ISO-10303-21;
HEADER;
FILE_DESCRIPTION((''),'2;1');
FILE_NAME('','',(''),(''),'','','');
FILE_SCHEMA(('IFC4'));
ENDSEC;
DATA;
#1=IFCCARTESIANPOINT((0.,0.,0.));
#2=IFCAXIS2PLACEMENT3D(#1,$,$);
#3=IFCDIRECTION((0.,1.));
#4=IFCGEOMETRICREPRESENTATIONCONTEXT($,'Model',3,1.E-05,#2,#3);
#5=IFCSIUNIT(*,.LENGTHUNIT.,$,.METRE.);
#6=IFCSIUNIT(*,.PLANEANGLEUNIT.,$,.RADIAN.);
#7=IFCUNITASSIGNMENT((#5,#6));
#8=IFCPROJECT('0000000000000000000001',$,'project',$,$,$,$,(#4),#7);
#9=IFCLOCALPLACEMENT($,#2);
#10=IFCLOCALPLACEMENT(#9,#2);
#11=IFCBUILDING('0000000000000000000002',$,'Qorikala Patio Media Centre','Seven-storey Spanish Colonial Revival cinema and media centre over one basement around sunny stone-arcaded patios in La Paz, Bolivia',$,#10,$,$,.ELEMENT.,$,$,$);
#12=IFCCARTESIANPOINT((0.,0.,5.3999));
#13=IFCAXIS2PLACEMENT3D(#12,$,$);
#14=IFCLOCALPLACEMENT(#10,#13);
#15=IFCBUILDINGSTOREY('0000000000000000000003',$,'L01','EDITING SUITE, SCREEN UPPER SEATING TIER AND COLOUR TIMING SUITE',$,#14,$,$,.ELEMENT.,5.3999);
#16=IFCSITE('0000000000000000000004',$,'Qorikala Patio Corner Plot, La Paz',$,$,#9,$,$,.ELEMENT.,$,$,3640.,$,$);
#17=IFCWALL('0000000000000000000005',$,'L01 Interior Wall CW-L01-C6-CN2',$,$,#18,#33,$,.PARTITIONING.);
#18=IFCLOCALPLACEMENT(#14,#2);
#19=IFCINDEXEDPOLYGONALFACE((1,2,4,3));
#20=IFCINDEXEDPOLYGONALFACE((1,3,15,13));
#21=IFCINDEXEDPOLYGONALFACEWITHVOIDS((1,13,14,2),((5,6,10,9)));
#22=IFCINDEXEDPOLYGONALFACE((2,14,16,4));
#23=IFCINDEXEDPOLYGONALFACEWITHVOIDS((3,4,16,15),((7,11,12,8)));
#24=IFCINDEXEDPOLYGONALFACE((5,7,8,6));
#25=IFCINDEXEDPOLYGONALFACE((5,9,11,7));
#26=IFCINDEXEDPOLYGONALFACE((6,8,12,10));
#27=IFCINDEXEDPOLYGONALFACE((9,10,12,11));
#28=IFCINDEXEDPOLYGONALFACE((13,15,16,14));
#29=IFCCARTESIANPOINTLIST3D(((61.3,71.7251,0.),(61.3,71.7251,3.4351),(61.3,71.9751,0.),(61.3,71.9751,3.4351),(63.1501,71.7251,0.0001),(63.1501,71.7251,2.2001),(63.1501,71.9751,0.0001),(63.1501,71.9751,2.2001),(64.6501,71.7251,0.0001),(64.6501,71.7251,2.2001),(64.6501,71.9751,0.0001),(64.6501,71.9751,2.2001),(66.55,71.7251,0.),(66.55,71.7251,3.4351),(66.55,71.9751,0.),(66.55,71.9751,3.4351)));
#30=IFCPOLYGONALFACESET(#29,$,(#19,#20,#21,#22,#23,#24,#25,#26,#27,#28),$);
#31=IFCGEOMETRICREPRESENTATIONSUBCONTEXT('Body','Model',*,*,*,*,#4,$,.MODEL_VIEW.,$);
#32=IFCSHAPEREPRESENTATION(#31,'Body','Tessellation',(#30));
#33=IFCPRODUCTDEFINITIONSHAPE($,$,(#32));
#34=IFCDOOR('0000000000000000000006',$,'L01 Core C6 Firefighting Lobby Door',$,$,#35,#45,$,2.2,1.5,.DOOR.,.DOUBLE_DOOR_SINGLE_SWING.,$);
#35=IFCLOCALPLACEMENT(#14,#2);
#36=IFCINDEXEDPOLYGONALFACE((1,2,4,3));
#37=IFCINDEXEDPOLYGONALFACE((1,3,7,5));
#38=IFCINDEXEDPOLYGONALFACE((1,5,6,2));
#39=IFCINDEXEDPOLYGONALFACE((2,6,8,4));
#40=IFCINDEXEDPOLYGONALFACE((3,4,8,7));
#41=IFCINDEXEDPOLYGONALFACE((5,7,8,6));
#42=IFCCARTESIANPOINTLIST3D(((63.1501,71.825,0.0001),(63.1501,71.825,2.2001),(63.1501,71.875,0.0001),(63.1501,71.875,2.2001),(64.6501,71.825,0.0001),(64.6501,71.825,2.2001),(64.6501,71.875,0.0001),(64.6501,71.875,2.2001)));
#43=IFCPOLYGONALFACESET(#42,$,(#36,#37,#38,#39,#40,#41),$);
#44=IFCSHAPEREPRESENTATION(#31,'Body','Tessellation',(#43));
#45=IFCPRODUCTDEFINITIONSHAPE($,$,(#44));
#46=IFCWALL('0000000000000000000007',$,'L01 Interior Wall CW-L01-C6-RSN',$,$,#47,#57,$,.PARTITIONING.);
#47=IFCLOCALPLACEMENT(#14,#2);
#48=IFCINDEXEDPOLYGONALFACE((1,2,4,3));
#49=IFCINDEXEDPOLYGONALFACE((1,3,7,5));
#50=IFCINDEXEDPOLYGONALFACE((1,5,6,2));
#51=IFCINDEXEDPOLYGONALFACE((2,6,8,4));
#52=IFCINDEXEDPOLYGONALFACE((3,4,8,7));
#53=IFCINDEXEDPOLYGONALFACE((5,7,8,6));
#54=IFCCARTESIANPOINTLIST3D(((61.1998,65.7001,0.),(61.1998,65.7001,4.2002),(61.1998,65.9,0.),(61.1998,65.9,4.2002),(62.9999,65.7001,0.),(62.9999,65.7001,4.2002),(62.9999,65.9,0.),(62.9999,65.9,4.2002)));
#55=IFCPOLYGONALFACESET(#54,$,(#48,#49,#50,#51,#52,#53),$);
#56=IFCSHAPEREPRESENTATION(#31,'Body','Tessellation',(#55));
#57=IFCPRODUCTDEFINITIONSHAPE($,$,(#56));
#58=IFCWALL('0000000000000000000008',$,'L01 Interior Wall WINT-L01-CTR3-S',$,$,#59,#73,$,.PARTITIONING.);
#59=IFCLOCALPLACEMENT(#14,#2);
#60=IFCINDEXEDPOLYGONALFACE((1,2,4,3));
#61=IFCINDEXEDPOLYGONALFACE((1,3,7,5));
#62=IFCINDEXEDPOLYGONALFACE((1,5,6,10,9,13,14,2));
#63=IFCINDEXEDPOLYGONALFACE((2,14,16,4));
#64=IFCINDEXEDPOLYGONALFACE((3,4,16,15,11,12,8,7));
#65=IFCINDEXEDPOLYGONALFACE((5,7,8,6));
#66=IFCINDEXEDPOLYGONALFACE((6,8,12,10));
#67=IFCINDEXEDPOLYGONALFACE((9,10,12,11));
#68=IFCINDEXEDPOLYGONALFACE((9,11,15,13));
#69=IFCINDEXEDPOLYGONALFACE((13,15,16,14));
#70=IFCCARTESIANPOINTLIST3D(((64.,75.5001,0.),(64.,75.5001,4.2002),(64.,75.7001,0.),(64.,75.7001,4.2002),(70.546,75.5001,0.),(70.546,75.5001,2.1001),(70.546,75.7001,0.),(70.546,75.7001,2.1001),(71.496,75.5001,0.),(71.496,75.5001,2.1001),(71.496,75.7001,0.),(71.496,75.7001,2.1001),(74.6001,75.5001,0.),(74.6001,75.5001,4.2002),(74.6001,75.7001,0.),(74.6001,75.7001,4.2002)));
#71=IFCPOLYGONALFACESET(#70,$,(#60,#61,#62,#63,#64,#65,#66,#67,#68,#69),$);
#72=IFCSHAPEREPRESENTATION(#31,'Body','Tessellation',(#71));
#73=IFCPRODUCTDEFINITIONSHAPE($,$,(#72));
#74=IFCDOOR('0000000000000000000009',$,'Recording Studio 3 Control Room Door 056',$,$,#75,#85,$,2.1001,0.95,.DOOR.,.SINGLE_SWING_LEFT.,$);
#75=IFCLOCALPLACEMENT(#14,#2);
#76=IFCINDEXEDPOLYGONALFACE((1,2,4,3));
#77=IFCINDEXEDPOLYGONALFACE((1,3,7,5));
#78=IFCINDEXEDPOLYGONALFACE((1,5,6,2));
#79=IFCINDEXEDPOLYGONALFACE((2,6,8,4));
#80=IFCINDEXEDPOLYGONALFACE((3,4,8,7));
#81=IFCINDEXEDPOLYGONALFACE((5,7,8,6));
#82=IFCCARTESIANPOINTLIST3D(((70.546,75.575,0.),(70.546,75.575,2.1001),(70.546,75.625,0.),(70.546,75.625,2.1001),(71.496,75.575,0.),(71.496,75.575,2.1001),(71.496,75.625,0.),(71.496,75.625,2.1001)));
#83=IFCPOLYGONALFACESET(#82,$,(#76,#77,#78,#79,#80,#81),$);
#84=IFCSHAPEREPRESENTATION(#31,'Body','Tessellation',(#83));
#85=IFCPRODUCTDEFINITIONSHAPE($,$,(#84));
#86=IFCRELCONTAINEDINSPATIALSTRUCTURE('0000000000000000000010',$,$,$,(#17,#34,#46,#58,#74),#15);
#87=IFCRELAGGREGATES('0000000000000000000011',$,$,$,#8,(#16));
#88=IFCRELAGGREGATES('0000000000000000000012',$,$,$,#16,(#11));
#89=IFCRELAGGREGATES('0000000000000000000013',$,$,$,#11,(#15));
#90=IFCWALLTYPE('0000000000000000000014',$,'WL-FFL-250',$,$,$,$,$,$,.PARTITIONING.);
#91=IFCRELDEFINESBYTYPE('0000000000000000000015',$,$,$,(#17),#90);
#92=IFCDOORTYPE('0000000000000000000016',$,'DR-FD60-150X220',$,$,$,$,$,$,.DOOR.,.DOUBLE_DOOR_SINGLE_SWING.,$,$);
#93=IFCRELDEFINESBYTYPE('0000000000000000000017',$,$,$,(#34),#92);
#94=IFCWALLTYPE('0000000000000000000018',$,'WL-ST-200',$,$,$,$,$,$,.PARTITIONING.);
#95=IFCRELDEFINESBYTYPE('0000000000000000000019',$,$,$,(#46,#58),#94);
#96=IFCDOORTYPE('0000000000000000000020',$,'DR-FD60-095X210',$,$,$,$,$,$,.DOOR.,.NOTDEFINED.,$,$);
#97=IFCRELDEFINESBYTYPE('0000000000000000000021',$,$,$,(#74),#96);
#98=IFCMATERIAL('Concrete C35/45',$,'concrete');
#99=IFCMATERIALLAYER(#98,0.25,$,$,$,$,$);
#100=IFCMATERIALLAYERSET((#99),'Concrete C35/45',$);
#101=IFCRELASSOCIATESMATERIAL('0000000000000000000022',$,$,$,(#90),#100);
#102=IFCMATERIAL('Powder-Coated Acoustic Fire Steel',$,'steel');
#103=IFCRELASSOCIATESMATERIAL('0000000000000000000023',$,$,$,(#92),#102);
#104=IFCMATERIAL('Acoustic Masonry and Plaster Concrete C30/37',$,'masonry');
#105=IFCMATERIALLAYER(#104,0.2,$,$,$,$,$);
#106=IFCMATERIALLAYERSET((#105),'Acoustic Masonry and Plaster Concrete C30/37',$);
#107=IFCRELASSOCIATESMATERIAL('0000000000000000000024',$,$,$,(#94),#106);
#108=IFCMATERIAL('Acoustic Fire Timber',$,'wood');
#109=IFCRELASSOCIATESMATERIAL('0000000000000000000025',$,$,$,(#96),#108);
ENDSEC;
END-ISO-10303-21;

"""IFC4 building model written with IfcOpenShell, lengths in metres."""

from ifc_helpers import new_model, si_unit, direction, frame, frame_2d, origin, place, context, subcontext, project, spatial, rectangle, extrude, material, layer, layer_set, type_object, element, fill, save


model = new_model("IFC4")

# Units and contexts
model_context = context("Model", 3, precision=1e-05, world=origin(), true_north=direction((0.0, 1.0)))
body_context = subcontext(model_context, "Body", "Model", "MODEL_VIEW")
ifc_project = project(units=[si_unit("LENGTHUNIT", "METRE"), si_unit("PLANEANGLEUNIT", "RADIAN")], contexts=[model_context])

# Site, building, storey
site_placement = place(None, origin())
site = spatial("IfcSite", under=ifc_project, at=site_placement, Name="Qorikala Patio Corner Plot, La Paz", CompositionType="ELEMENT", RefElevation=3640.0)
building_placement = place(site_placement, origin())
building = spatial("IfcBuilding", under=site, at=building_placement, Name="Qorikala Patio Media Centre", Description="Seven-storey Spanish Colonial Revival cinema and media centre over one basement around sunny stone-arcaded patios in La Paz, Bolivia", CompositionType="ELEMENT")
storey_placement = place(building_placement, frame((0.0, 0.0, 5.3999)))
storey = spatial("IfcBuildingStorey", under=building, at=storey_placement, Name="L01", Description="EDITING SUITE, SCREEN UPPER SEATING TIER AND COLOUR TIMING SUITE", CompositionType="ELEMENT", Elevation=5.3999)

# Shared definitions
ifc_material_1 = material(Name="Concrete C35/45", Category="concrete")

# Wall, opening, door
ifc_layer_1 = layer(ifc_material_1, 0.25)
ifc_layer_set_1 = layer_set([ifc_layer_1], Name="Concrete C35/45")
wall_type_1 = type_object("IfcWallType", Name="WL-FFL-250", PredefinedType="PARTITIONING", material=ifc_layer_set_1)
wall_1_placement = place(storey_placement, frame((61.3, 71.8501, 0.0), z_axis=(0.0, 0.0, 1.0), x_axis=(1.0, 0.0, 0.0)))
wall_1 = element("IfcWall", 1, at=wall_1_placement, inside=storey, type_object=wall_type_1, Name="L01 Interior Wall CW-L01-C6-CN2", PredefinedType="PARTITIONING", context=body_context, shape_type="SweptSolid", body=[
    extrude(rectangle(XDim=5.25, YDim=0.25, at=frame_2d((2.625, 0.0))), origin(), (0.0, 0.0, 1.0), 3.4351),
])
opening_1_placement = place(wall_1_placement, frame((1.8501, 0.0, 0.0)))
opening_1 = element("IfcOpeningElement", 2, at=opening_1_placement, cuts=wall_1, PredefinedType="OPENING", context=body_context, shape_type="SweptSolid", body=[
    extrude(rectangle(XDim=1.5, YDim=2.2, at=frame_2d((0.75, 1.1001))), frame((0.0, 0.135, 0.0), z_axis=(0.0, -1.0, 0.0), x_axis=(1.0, 0.0, 0.0)), (0.0, 0.0, 1.0), 0.27),
])
ifc_material_2 = material(Name="Powder-Coated Acoustic Fire Steel", Category="steel")
door_type_1 = type_object("IfcDoorType", Name="DR-FD60-150X220", OperationType="DOUBLE_DOOR_SINGLE_SWING", PredefinedType="DOOR", material=ifc_material_2)
door_1_placement = place(opening_1_placement, origin())
door_1 = element("IfcDoor", 3, at=door_1_placement, inside=storey, type_object=door_type_1, Name="L01 Core C6 Firefighting Lobby Door", OperationType="DOUBLE_DOOR_SINGLE_SWING", OverallHeight=2.2, OverallWidth=1.5, PredefinedType="DOOR", context=body_context, shape_type="SweptSolid", body=[
    extrude(rectangle(XDim=1.5, YDim=2.2, at=frame_2d((0.75, 1.1001))), frame((0.0, 0.0249, 0.0), z_axis=(0.0, -1.0, 0.0), x_axis=(1.0, 0.0, 0.0)), (0.0, 0.0, 1.0), 0.05),
])
fill(opening_1, door_1)

# Wall
ifc_material_3 = material(Name="Acoustic Masonry and Plaster Concrete C30/37", Category="masonry")
ifc_layer_2 = layer(ifc_material_3, 0.2)
ifc_layer_set_2 = layer_set([ifc_layer_2], Name="Acoustic Masonry and Plaster Concrete C30/37")
wall_type_2 = type_object("IfcWallType", Name="WL-ST-200", PredefinedType="PARTITIONING", material=ifc_layer_set_2)
wall_2_placement = place(storey_placement, frame((61.2, 65.8, 0.0), z_axis=(0.0, 0.0, 1.0), x_axis=(1.0, 0.0, 0.0)))
element("IfcWall", 4, at=wall_2_placement, inside=storey, type_object=wall_type_2, Name="L01 Interior Wall CW-L01-C6-RSN", PredefinedType="PARTITIONING", context=body_context, shape_type="SweptSolid", body=[
    extrude(rectangle(XDim=1.8, YDim=0.2, at=frame_2d((0.8999, 0.0))), origin(), (0.0, 0.0, 1.0), 4.2002),
])

# Wall, opening, door
wall_3_placement = place(storey_placement, frame((64.0, 75.6001, 0.0), z_axis=(0.0, 0.0, 1.0), x_axis=(1.0, 0.0, 0.0)))
wall_3 = element("IfcWall", 5, at=wall_3_placement, inside=storey, type_object=wall_type_2, Name="L01 Interior Wall WINT-L01-CTR3-S", PredefinedType="PARTITIONING", context=body_context, shape_type="SweptSolid", body=[
    extrude(rectangle(XDim=10.6001, YDim=0.2, at=frame_2d((5.3, 0.0))), origin(), (0.0, 0.0, 1.0), 4.2002),
])
opening_2_placement = place(wall_3_placement, frame((6.5459, 0.0, 0.0)))
opening_2 = element("IfcOpeningElement", 6, at=opening_2_placement, cuts=wall_3, PredefinedType="OPENING", context=body_context, shape_type="SweptSolid", body=[
    extrude(rectangle(XDim=0.95, YDim=2.1001, at=frame_2d((0.4751, 1.05))), frame((0.0, 0.1099, 0.0), z_axis=(0.0, -1.0, 0.0), x_axis=(1.0, 0.0, 0.0)), (0.0, 0.0, 1.0), 0.22),
])
ifc_material_4 = material(Name="Acoustic Fire Timber", Category="wood")
door_type_2 = type_object("IfcDoorType", Name="DR-FD60-095X210", OperationType="NOTDEFINED", PredefinedType="DOOR", material=ifc_material_4)
door_2_placement = place(opening_2_placement, origin())
door_2 = element("IfcDoor", 7, at=door_2_placement, inside=storey, type_object=door_type_2, Name="Recording Studio 3 Control Room Door 056", OperationType="SINGLE_SWING_LEFT", OverallHeight=2.1001, OverallWidth=0.95, PredefinedType="DOOR", context=body_context, shape_type="SweptSolid", body=[
    extrude(rectangle(XDim=0.95, YDim=2.1001, at=frame_2d((0.4751, 1.05))), frame((0.0, 0.0249, 0.0), z_axis=(0.0, -1.0, 0.0), x_axis=(1.0, 0.0, 0.0)), (0.0, 0.0, 1.0), 0.05),
])
fill(opening_2, door_2)

save(model, "model.ifc")
